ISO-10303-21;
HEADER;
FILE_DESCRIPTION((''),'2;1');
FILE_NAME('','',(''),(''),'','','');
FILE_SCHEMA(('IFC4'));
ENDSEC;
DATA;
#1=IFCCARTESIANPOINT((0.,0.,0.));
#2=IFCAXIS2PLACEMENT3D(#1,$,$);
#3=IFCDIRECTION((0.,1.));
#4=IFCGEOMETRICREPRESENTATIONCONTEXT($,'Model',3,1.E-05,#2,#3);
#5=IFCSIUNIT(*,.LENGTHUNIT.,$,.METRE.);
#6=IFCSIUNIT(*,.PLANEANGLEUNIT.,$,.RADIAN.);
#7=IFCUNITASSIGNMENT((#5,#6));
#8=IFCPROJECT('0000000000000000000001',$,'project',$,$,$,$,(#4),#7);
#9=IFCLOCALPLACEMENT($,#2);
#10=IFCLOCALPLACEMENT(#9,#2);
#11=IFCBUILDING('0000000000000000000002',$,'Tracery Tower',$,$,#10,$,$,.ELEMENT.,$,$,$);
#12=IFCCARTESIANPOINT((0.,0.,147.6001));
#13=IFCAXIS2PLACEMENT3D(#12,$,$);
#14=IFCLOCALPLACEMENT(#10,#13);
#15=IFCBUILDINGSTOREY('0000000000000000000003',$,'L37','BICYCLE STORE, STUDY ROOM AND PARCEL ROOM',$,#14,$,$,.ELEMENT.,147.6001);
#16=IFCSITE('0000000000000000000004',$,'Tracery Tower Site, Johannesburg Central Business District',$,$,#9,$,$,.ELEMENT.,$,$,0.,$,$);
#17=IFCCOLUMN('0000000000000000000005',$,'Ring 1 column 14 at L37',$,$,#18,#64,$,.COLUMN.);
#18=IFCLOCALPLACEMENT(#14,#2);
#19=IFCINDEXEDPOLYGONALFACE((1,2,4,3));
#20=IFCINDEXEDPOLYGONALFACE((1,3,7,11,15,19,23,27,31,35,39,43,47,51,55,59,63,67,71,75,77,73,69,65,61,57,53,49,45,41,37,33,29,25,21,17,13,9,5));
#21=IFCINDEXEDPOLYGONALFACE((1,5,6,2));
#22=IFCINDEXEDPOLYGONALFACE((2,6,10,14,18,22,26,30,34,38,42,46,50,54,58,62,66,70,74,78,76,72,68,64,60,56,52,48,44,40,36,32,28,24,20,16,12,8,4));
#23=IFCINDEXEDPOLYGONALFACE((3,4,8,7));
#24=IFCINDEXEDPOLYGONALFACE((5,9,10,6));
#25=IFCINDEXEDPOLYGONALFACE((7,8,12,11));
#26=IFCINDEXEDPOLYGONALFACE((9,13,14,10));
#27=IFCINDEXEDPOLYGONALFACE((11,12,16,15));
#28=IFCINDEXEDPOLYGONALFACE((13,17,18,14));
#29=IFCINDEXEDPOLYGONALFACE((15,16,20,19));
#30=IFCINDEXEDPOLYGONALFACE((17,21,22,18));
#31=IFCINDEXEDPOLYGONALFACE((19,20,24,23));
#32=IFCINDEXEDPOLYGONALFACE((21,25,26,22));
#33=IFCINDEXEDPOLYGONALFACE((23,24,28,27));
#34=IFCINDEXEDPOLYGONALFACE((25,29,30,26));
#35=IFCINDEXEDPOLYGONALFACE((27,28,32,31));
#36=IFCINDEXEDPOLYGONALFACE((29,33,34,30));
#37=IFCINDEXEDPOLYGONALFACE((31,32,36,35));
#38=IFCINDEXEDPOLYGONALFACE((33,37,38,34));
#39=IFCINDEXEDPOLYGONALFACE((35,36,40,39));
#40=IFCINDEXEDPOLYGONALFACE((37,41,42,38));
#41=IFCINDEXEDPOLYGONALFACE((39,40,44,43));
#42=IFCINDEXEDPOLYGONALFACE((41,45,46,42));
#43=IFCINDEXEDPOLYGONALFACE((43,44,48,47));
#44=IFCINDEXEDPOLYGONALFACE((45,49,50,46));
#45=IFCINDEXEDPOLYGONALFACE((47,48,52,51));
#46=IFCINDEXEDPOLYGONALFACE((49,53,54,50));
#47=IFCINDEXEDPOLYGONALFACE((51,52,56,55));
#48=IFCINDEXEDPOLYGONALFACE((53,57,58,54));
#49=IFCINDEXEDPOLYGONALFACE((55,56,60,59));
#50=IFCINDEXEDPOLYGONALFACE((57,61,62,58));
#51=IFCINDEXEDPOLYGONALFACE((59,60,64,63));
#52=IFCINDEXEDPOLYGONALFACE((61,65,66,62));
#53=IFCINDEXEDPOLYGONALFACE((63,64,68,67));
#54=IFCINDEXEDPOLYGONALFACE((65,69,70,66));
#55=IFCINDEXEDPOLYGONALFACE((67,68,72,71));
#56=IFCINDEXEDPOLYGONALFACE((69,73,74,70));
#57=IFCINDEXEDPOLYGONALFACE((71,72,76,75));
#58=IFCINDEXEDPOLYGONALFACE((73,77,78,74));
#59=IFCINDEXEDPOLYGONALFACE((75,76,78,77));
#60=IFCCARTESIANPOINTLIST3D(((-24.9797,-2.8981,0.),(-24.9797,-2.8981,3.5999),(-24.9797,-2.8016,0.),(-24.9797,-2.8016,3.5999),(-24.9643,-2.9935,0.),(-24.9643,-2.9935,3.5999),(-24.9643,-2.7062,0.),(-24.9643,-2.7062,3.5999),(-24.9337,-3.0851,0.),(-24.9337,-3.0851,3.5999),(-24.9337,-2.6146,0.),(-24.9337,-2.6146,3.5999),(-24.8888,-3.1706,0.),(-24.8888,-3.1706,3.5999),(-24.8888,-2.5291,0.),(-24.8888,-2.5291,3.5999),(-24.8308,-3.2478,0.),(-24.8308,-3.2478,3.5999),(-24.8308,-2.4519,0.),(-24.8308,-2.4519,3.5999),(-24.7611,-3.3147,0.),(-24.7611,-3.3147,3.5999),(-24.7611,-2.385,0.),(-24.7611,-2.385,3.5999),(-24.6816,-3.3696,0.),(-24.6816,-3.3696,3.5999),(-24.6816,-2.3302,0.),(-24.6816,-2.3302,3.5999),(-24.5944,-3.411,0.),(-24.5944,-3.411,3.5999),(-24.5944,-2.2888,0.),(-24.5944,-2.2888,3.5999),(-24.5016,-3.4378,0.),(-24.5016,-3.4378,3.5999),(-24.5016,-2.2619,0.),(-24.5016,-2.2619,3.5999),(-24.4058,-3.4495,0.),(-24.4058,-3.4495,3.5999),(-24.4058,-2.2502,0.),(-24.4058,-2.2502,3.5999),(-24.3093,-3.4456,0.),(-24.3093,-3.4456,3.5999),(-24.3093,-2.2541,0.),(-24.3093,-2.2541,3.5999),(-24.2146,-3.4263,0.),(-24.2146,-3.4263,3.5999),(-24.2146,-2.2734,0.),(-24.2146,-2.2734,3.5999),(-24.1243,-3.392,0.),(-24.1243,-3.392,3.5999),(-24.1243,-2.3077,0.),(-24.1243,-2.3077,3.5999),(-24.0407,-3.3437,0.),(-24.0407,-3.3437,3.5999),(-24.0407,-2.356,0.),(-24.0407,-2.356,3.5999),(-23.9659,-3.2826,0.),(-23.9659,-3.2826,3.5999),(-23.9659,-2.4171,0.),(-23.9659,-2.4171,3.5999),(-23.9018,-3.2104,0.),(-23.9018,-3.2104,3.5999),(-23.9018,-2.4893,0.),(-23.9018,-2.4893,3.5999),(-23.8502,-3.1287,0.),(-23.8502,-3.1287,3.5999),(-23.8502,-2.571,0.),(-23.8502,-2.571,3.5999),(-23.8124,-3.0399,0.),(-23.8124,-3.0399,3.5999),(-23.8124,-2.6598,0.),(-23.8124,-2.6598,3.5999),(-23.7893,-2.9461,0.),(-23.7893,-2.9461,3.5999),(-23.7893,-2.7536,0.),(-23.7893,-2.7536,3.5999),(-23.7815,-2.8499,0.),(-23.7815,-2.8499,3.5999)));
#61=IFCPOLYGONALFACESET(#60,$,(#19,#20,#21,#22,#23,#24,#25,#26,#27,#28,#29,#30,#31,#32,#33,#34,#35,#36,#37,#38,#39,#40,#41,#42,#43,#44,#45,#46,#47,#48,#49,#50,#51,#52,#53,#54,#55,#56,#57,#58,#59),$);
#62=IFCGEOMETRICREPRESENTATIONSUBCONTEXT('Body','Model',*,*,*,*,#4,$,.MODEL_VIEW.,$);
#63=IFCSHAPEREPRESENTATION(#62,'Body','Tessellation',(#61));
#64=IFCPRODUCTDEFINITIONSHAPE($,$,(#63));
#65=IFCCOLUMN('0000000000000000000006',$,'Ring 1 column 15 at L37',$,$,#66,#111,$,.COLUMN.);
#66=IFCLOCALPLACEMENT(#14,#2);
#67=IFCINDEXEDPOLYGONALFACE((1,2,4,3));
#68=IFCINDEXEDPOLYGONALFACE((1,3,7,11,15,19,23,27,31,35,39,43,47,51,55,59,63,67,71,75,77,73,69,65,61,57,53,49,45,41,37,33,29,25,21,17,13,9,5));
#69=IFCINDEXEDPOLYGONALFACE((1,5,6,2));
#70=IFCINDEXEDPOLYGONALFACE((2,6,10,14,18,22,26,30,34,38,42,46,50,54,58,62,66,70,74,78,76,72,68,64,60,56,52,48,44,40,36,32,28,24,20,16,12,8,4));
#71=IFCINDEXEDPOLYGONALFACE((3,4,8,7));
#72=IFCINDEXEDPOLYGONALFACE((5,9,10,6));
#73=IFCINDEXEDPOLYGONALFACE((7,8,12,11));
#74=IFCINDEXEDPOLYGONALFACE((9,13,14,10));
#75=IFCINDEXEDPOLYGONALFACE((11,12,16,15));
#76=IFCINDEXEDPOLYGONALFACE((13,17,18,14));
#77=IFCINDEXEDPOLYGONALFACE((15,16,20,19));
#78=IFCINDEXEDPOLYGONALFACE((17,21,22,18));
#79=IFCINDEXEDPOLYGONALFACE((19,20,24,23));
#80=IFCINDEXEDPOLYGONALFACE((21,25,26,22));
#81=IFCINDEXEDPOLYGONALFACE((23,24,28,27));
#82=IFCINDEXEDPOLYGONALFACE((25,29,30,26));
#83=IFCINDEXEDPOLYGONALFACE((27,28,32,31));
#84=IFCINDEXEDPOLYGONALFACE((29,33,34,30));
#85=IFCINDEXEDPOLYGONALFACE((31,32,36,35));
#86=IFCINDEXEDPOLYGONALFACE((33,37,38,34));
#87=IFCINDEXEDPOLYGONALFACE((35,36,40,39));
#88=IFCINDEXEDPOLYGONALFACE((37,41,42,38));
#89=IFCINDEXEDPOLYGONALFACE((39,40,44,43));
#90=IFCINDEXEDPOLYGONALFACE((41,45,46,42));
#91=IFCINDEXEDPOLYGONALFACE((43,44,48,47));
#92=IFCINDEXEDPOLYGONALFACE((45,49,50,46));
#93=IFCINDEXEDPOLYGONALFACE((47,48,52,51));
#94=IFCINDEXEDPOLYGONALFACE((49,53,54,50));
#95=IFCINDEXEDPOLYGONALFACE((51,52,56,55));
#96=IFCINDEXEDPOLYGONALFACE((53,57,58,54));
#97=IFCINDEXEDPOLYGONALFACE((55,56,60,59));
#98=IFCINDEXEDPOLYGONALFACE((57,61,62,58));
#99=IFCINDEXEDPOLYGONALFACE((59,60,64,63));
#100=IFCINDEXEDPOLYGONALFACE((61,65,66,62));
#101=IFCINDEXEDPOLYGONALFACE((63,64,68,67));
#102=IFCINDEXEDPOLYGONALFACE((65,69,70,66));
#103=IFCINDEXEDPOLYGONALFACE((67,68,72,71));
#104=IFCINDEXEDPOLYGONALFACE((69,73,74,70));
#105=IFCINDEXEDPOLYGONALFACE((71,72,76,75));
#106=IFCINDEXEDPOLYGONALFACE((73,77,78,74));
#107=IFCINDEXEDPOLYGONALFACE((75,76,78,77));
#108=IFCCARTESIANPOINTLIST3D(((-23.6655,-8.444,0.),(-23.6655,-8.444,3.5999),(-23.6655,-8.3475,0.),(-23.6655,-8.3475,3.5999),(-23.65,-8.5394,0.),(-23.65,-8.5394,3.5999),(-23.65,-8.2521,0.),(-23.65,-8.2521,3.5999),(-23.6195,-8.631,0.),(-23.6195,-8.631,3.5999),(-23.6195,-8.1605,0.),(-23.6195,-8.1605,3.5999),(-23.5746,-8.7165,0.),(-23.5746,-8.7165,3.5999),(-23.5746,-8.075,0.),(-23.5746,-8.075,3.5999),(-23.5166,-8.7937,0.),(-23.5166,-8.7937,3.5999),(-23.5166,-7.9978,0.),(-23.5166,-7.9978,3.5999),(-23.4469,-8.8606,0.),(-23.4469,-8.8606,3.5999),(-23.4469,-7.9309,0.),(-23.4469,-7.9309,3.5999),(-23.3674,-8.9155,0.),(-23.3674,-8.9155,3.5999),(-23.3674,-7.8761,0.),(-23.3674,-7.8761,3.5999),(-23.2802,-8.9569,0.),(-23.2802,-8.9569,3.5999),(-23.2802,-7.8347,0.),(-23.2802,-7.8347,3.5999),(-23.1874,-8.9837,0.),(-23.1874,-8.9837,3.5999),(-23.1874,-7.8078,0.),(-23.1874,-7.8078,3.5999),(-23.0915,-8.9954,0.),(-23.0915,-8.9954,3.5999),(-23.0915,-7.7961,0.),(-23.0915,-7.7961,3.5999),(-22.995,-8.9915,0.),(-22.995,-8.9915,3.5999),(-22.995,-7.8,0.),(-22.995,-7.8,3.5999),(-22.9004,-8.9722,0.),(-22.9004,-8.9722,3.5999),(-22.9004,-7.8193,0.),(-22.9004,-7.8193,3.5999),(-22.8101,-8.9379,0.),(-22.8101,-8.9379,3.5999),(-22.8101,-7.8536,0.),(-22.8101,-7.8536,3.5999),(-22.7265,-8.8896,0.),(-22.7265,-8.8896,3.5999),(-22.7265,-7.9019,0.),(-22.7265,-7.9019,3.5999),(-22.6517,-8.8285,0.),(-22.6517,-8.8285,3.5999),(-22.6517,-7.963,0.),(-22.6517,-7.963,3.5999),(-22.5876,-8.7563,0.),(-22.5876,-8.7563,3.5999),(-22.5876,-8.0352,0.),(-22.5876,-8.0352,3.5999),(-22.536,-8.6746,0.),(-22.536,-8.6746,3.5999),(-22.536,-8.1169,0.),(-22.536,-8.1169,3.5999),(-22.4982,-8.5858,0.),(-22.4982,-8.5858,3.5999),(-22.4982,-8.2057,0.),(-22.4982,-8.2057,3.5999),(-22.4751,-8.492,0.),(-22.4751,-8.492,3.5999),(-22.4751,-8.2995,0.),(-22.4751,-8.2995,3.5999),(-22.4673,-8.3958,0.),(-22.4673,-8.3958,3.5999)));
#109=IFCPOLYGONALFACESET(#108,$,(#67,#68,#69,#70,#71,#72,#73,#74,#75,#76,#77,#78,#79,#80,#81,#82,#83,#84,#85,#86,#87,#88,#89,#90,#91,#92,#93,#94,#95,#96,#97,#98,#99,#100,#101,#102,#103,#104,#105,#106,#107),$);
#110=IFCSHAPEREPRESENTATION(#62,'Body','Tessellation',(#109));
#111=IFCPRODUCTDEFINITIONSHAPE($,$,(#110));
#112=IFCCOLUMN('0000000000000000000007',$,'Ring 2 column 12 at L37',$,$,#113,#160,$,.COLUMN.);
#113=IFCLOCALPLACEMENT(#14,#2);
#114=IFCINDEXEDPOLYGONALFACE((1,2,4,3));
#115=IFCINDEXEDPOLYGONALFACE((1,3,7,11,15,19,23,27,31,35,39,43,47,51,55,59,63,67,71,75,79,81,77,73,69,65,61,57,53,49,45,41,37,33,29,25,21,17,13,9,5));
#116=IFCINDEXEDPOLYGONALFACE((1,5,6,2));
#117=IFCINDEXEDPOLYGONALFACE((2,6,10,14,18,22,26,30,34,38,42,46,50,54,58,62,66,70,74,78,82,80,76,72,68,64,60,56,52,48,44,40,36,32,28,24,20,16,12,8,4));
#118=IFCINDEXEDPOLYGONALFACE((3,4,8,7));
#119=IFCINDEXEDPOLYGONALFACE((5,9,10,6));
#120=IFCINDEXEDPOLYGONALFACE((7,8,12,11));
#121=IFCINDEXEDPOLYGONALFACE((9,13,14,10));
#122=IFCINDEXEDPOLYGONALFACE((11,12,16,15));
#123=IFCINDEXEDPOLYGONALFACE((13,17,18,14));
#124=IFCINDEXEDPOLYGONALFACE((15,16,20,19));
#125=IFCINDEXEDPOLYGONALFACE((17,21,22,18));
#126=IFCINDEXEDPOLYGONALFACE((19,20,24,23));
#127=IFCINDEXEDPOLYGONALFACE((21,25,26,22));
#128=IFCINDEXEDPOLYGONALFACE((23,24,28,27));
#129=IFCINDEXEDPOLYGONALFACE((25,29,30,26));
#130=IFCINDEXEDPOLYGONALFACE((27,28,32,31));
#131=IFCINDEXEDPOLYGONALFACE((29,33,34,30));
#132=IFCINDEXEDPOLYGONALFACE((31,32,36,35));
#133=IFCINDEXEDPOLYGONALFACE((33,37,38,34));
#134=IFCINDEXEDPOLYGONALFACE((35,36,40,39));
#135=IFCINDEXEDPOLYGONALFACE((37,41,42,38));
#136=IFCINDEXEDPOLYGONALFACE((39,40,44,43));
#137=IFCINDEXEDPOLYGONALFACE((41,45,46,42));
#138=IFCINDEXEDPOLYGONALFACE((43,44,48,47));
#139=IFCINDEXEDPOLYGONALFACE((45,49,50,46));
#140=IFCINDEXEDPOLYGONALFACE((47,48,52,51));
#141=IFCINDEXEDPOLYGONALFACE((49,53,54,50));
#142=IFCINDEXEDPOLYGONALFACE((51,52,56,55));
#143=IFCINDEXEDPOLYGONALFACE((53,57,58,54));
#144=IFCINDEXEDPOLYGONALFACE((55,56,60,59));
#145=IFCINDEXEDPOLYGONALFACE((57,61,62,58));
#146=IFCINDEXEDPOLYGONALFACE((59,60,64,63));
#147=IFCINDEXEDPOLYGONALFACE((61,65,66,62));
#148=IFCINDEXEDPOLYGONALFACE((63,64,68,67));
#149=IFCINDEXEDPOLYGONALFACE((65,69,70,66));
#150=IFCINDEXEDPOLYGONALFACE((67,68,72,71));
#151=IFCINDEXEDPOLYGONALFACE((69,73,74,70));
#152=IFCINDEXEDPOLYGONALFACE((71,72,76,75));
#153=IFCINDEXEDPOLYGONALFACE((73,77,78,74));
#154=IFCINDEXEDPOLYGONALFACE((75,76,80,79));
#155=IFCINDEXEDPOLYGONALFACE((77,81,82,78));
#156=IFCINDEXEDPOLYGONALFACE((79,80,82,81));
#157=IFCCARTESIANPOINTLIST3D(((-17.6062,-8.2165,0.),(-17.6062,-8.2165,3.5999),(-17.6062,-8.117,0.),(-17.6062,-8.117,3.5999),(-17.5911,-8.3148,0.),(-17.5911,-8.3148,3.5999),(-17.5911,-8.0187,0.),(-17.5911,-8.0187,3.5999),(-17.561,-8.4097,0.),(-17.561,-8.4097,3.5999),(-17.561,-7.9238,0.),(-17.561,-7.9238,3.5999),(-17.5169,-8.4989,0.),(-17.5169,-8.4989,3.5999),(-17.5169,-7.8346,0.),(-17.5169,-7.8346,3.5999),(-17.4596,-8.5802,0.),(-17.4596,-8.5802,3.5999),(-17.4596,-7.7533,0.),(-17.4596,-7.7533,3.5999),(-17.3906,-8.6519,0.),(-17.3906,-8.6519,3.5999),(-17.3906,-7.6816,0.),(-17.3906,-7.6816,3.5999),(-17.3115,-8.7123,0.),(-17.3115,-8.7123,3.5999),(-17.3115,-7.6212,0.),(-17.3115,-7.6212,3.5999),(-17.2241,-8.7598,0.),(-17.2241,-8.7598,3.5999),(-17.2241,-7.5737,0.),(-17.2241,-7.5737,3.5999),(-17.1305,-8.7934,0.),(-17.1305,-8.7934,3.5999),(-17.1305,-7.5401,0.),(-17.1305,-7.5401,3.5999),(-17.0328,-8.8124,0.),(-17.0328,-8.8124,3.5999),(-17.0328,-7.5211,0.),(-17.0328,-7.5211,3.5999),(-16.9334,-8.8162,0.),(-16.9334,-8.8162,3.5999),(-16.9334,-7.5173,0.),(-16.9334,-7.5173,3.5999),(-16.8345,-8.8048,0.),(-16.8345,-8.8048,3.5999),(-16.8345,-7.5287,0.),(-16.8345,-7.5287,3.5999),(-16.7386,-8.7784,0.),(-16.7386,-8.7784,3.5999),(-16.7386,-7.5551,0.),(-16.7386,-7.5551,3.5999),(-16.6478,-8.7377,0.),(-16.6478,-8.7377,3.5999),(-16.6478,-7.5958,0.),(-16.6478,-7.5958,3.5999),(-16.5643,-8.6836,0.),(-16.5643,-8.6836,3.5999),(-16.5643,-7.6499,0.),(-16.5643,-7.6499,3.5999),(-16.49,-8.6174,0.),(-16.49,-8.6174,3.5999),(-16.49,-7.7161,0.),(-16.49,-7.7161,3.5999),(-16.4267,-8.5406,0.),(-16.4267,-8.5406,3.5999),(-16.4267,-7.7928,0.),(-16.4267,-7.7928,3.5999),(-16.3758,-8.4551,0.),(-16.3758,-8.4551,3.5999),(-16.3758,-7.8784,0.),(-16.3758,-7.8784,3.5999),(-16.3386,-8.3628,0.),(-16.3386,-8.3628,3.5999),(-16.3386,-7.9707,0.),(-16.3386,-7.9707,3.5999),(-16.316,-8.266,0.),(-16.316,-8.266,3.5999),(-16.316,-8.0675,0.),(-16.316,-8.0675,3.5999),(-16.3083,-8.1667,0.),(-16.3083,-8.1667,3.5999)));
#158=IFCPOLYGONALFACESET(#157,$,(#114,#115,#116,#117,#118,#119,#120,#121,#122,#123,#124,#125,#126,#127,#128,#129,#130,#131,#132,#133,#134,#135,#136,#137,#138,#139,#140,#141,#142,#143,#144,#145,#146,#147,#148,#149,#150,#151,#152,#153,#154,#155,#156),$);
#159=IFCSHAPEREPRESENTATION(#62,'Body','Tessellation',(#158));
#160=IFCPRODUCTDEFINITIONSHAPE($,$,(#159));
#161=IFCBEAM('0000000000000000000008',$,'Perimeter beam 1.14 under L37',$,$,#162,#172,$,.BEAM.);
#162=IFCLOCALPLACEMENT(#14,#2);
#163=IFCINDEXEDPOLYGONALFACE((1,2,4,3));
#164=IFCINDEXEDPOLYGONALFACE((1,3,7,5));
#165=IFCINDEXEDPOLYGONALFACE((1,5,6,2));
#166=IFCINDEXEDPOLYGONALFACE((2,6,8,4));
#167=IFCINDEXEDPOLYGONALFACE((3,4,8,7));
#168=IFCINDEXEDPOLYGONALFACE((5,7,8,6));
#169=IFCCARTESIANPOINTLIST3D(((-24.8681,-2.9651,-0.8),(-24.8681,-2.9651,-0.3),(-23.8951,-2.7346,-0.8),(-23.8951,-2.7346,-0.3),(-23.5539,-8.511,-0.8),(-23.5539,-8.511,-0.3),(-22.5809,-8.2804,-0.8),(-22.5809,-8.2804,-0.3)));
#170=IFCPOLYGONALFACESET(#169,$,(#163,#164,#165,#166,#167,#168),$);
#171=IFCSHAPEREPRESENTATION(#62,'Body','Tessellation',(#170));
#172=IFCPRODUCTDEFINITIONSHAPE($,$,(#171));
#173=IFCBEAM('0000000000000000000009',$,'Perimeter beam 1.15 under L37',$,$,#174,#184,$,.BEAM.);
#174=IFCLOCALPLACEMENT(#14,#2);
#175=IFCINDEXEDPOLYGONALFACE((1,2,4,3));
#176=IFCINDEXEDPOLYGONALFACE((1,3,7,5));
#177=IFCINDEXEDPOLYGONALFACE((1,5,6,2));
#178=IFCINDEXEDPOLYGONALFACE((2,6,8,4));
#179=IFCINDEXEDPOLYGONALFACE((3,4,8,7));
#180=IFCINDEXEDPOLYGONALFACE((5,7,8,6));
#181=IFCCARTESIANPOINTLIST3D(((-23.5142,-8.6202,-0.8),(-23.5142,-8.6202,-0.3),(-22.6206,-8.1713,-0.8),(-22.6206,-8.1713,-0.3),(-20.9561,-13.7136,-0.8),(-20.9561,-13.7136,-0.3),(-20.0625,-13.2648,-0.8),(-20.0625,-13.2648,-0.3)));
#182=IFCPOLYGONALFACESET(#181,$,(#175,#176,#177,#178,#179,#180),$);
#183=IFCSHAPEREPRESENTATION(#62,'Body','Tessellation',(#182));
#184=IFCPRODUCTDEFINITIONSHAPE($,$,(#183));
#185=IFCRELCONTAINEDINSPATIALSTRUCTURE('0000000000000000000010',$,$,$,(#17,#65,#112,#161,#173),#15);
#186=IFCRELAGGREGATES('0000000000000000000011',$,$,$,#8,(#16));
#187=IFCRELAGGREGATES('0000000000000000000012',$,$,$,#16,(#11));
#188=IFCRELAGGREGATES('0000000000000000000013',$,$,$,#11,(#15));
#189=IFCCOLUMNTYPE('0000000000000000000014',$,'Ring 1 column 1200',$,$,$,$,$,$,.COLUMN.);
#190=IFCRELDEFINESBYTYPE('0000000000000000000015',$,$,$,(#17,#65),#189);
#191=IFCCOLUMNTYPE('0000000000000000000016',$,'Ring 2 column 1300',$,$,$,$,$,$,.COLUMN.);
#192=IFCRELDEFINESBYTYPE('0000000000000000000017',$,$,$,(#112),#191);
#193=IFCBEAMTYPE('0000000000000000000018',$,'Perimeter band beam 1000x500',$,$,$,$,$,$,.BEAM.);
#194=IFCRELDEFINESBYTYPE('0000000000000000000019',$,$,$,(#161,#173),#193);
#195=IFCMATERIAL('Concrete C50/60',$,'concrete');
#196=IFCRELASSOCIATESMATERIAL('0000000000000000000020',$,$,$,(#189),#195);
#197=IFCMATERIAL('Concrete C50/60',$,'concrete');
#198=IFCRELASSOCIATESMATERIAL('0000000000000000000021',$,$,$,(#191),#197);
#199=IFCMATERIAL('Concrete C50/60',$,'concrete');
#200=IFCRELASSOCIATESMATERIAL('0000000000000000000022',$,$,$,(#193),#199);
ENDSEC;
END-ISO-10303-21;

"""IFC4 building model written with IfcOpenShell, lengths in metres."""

from ifc_helpers import new_model, si_unit, direction, frame, origin, origin_2d, place, context, subcontext, project, spatial, rectangle, circle, extrude, material, material_profile, profile_set, type_object, element, save


model = new_model("IFC4")

# Units and contexts
model_context = context("Model", 3, precision=1e-05, world=origin(), true_north=direction((0.0, 1.0)))
body_context = subcontext(model_context, "Body", "Model", "MODEL_VIEW")
ifc_project = project(units=[si_unit("LENGTHUNIT", "METRE"), si_unit("PLANEANGLEUNIT", "RADIAN")], contexts=[model_context])

# Site, building, storey
site_placement = place(None, origin())
site = spatial("IfcSite", under=ifc_project, at=site_placement, Name="Tracery Tower Site, Johannesburg Central Business District", CompositionType="ELEMENT", RefElevation=0.0)
building_placement = place(site_placement, origin())
building = spatial("IfcBuilding", under=site, at=building_placement, Name="Tracery Tower", CompositionType="ELEMENT")
storey_placement = place(building_placement, frame((0.0, 0.0, 147.6001)))
storey = spatial("IfcBuildingStorey", under=building, at=storey_placement, Name="L37", Description="BICYCLE STORE, STUDY ROOM AND PARCEL ROOM", CompositionType="ELEMENT", Elevation=147.6001)

# Columns
ifc_material_1 = material(Name="Concrete C50/60", Category="concrete")
ifc_material_profile_1 = material_profile(ifc_material_1, circle(Radius=0.6001, at=origin_2d()), Name="RC D1200")
ifc_profile_set_1 = profile_set([ifc_material_profile_1], Name="Concrete C50/60")
column_type_1 = type_object("IfcColumnType", Name="Ring 1 column 1200", PredefinedType="COLUMN", material=ifc_profile_set_1)
for number, where, z_axis, x_axis, name in (
    (1, (-24.3816, -2.8499, 0.0), (0.0, 0.0, 1.0), (1.0, 0.0, 0.0), "Ring 1 column 14 at L37"),
    (2, (-23.0674, -8.3958, 0.0), (0.0, 0.0, 1.0), (1.0, 0.0, 0.0), "Ring 1 column 15 at L37"),
):
    element("IfcColumn", number, at=place(storey_placement, frame(where, z_axis=z_axis, x_axis=x_axis)), inside=storey, type_object=column_type_1, Name=name, PredefinedType="COLUMN", context=body_context, shape_type="SweptSolid", body=[
        extrude(circle(Radius=0.6001, at=origin_2d()), origin(), (0.0, 0.0, 1.0), 3.5999),
    ])
ifc_material_2 = material(Name="Concrete C50/60", Category="concrete")
ifc_material_profile_2 = material_profile(ifc_material_2, circle(Radius=0.6499, at=origin_2d()), Name="RC D1300")
ifc_profile_set_2 = profile_set([ifc_material_profile_2], Name="Concrete C50/60")
column_type_2 = type_object("IfcColumnType", Name="Ring 2 column 1300", PredefinedType="COLUMN", material=ifc_profile_set_2)
column_placement = place(storey_placement, frame((-16.9583, -8.1667, 0.0), z_axis=(0.0, 0.0, 1.0), x_axis=(1.0, 0.0, 0.0)))
element("IfcColumn", 3, at=column_placement, inside=storey, type_object=column_type_2, Name="Ring 2 column 12 at L37", PredefinedType="COLUMN", context=body_context, shape_type="SweptSolid", body=[
    extrude(circle(Radius=0.6499, at=origin_2d()), origin(), (0.0, 0.0, 1.0), 3.5999),
])

# Beams
ifc_material_3 = material(Name="Concrete C50/60", Category="concrete")
ifc_material_profile_3 = material_profile(ifc_material_3, rectangle(XDim=1.0, YDim=0.5, at=origin_2d()), Name="RC 1000x500")
ifc_profile_set_3 = profile_set([ifc_material_profile_3], Name="Concrete C50/60")
beam_type = type_object("IfcBeamType", Name="Perimeter band beam 1000x500", PredefinedType="BEAM", material=ifc_profile_set_3)
beam_1_placement = place(storey_placement, frame((-24.3816, -2.8499, -0.55), z_axis=(0.230584, -0.973052, 0.0), x_axis=(0.973052, 0.230584, 0.0)))
element("IfcBeam", 4, at=beam_1_placement, inside=storey, type_object=beam_type, Name="Perimeter beam 1.14 under L37", PredefinedType="BEAM", context=body_context, shape_type="SweptSolid", body=[
    extrude(rectangle(XDim=1.0, YDim=0.5, at=origin_2d()), origin(), (0.0, 0.0, 1.0), 5.6995),
])
beam_2_placement = place(storey_placement, frame((-23.0674, -8.3958, -0.55), z_axis=(0.448806, -0.893629, 0.0), x_axis=(0.893629, 0.448806, 0.0)))
element("IfcBeam", 5, at=beam_2_placement, inside=storey, type_object=beam_type, Name="Perimeter beam 1.15 under L37", PredefinedType="BEAM", context=body_context, shape_type="SweptSolid", body=[
    extrude(rectangle(XDim=1.0, YDim=0.5, at=origin_2d()), origin(), (0.0, 0.0, 1.0), 5.6997),
])

save(model, "model.ifc")
